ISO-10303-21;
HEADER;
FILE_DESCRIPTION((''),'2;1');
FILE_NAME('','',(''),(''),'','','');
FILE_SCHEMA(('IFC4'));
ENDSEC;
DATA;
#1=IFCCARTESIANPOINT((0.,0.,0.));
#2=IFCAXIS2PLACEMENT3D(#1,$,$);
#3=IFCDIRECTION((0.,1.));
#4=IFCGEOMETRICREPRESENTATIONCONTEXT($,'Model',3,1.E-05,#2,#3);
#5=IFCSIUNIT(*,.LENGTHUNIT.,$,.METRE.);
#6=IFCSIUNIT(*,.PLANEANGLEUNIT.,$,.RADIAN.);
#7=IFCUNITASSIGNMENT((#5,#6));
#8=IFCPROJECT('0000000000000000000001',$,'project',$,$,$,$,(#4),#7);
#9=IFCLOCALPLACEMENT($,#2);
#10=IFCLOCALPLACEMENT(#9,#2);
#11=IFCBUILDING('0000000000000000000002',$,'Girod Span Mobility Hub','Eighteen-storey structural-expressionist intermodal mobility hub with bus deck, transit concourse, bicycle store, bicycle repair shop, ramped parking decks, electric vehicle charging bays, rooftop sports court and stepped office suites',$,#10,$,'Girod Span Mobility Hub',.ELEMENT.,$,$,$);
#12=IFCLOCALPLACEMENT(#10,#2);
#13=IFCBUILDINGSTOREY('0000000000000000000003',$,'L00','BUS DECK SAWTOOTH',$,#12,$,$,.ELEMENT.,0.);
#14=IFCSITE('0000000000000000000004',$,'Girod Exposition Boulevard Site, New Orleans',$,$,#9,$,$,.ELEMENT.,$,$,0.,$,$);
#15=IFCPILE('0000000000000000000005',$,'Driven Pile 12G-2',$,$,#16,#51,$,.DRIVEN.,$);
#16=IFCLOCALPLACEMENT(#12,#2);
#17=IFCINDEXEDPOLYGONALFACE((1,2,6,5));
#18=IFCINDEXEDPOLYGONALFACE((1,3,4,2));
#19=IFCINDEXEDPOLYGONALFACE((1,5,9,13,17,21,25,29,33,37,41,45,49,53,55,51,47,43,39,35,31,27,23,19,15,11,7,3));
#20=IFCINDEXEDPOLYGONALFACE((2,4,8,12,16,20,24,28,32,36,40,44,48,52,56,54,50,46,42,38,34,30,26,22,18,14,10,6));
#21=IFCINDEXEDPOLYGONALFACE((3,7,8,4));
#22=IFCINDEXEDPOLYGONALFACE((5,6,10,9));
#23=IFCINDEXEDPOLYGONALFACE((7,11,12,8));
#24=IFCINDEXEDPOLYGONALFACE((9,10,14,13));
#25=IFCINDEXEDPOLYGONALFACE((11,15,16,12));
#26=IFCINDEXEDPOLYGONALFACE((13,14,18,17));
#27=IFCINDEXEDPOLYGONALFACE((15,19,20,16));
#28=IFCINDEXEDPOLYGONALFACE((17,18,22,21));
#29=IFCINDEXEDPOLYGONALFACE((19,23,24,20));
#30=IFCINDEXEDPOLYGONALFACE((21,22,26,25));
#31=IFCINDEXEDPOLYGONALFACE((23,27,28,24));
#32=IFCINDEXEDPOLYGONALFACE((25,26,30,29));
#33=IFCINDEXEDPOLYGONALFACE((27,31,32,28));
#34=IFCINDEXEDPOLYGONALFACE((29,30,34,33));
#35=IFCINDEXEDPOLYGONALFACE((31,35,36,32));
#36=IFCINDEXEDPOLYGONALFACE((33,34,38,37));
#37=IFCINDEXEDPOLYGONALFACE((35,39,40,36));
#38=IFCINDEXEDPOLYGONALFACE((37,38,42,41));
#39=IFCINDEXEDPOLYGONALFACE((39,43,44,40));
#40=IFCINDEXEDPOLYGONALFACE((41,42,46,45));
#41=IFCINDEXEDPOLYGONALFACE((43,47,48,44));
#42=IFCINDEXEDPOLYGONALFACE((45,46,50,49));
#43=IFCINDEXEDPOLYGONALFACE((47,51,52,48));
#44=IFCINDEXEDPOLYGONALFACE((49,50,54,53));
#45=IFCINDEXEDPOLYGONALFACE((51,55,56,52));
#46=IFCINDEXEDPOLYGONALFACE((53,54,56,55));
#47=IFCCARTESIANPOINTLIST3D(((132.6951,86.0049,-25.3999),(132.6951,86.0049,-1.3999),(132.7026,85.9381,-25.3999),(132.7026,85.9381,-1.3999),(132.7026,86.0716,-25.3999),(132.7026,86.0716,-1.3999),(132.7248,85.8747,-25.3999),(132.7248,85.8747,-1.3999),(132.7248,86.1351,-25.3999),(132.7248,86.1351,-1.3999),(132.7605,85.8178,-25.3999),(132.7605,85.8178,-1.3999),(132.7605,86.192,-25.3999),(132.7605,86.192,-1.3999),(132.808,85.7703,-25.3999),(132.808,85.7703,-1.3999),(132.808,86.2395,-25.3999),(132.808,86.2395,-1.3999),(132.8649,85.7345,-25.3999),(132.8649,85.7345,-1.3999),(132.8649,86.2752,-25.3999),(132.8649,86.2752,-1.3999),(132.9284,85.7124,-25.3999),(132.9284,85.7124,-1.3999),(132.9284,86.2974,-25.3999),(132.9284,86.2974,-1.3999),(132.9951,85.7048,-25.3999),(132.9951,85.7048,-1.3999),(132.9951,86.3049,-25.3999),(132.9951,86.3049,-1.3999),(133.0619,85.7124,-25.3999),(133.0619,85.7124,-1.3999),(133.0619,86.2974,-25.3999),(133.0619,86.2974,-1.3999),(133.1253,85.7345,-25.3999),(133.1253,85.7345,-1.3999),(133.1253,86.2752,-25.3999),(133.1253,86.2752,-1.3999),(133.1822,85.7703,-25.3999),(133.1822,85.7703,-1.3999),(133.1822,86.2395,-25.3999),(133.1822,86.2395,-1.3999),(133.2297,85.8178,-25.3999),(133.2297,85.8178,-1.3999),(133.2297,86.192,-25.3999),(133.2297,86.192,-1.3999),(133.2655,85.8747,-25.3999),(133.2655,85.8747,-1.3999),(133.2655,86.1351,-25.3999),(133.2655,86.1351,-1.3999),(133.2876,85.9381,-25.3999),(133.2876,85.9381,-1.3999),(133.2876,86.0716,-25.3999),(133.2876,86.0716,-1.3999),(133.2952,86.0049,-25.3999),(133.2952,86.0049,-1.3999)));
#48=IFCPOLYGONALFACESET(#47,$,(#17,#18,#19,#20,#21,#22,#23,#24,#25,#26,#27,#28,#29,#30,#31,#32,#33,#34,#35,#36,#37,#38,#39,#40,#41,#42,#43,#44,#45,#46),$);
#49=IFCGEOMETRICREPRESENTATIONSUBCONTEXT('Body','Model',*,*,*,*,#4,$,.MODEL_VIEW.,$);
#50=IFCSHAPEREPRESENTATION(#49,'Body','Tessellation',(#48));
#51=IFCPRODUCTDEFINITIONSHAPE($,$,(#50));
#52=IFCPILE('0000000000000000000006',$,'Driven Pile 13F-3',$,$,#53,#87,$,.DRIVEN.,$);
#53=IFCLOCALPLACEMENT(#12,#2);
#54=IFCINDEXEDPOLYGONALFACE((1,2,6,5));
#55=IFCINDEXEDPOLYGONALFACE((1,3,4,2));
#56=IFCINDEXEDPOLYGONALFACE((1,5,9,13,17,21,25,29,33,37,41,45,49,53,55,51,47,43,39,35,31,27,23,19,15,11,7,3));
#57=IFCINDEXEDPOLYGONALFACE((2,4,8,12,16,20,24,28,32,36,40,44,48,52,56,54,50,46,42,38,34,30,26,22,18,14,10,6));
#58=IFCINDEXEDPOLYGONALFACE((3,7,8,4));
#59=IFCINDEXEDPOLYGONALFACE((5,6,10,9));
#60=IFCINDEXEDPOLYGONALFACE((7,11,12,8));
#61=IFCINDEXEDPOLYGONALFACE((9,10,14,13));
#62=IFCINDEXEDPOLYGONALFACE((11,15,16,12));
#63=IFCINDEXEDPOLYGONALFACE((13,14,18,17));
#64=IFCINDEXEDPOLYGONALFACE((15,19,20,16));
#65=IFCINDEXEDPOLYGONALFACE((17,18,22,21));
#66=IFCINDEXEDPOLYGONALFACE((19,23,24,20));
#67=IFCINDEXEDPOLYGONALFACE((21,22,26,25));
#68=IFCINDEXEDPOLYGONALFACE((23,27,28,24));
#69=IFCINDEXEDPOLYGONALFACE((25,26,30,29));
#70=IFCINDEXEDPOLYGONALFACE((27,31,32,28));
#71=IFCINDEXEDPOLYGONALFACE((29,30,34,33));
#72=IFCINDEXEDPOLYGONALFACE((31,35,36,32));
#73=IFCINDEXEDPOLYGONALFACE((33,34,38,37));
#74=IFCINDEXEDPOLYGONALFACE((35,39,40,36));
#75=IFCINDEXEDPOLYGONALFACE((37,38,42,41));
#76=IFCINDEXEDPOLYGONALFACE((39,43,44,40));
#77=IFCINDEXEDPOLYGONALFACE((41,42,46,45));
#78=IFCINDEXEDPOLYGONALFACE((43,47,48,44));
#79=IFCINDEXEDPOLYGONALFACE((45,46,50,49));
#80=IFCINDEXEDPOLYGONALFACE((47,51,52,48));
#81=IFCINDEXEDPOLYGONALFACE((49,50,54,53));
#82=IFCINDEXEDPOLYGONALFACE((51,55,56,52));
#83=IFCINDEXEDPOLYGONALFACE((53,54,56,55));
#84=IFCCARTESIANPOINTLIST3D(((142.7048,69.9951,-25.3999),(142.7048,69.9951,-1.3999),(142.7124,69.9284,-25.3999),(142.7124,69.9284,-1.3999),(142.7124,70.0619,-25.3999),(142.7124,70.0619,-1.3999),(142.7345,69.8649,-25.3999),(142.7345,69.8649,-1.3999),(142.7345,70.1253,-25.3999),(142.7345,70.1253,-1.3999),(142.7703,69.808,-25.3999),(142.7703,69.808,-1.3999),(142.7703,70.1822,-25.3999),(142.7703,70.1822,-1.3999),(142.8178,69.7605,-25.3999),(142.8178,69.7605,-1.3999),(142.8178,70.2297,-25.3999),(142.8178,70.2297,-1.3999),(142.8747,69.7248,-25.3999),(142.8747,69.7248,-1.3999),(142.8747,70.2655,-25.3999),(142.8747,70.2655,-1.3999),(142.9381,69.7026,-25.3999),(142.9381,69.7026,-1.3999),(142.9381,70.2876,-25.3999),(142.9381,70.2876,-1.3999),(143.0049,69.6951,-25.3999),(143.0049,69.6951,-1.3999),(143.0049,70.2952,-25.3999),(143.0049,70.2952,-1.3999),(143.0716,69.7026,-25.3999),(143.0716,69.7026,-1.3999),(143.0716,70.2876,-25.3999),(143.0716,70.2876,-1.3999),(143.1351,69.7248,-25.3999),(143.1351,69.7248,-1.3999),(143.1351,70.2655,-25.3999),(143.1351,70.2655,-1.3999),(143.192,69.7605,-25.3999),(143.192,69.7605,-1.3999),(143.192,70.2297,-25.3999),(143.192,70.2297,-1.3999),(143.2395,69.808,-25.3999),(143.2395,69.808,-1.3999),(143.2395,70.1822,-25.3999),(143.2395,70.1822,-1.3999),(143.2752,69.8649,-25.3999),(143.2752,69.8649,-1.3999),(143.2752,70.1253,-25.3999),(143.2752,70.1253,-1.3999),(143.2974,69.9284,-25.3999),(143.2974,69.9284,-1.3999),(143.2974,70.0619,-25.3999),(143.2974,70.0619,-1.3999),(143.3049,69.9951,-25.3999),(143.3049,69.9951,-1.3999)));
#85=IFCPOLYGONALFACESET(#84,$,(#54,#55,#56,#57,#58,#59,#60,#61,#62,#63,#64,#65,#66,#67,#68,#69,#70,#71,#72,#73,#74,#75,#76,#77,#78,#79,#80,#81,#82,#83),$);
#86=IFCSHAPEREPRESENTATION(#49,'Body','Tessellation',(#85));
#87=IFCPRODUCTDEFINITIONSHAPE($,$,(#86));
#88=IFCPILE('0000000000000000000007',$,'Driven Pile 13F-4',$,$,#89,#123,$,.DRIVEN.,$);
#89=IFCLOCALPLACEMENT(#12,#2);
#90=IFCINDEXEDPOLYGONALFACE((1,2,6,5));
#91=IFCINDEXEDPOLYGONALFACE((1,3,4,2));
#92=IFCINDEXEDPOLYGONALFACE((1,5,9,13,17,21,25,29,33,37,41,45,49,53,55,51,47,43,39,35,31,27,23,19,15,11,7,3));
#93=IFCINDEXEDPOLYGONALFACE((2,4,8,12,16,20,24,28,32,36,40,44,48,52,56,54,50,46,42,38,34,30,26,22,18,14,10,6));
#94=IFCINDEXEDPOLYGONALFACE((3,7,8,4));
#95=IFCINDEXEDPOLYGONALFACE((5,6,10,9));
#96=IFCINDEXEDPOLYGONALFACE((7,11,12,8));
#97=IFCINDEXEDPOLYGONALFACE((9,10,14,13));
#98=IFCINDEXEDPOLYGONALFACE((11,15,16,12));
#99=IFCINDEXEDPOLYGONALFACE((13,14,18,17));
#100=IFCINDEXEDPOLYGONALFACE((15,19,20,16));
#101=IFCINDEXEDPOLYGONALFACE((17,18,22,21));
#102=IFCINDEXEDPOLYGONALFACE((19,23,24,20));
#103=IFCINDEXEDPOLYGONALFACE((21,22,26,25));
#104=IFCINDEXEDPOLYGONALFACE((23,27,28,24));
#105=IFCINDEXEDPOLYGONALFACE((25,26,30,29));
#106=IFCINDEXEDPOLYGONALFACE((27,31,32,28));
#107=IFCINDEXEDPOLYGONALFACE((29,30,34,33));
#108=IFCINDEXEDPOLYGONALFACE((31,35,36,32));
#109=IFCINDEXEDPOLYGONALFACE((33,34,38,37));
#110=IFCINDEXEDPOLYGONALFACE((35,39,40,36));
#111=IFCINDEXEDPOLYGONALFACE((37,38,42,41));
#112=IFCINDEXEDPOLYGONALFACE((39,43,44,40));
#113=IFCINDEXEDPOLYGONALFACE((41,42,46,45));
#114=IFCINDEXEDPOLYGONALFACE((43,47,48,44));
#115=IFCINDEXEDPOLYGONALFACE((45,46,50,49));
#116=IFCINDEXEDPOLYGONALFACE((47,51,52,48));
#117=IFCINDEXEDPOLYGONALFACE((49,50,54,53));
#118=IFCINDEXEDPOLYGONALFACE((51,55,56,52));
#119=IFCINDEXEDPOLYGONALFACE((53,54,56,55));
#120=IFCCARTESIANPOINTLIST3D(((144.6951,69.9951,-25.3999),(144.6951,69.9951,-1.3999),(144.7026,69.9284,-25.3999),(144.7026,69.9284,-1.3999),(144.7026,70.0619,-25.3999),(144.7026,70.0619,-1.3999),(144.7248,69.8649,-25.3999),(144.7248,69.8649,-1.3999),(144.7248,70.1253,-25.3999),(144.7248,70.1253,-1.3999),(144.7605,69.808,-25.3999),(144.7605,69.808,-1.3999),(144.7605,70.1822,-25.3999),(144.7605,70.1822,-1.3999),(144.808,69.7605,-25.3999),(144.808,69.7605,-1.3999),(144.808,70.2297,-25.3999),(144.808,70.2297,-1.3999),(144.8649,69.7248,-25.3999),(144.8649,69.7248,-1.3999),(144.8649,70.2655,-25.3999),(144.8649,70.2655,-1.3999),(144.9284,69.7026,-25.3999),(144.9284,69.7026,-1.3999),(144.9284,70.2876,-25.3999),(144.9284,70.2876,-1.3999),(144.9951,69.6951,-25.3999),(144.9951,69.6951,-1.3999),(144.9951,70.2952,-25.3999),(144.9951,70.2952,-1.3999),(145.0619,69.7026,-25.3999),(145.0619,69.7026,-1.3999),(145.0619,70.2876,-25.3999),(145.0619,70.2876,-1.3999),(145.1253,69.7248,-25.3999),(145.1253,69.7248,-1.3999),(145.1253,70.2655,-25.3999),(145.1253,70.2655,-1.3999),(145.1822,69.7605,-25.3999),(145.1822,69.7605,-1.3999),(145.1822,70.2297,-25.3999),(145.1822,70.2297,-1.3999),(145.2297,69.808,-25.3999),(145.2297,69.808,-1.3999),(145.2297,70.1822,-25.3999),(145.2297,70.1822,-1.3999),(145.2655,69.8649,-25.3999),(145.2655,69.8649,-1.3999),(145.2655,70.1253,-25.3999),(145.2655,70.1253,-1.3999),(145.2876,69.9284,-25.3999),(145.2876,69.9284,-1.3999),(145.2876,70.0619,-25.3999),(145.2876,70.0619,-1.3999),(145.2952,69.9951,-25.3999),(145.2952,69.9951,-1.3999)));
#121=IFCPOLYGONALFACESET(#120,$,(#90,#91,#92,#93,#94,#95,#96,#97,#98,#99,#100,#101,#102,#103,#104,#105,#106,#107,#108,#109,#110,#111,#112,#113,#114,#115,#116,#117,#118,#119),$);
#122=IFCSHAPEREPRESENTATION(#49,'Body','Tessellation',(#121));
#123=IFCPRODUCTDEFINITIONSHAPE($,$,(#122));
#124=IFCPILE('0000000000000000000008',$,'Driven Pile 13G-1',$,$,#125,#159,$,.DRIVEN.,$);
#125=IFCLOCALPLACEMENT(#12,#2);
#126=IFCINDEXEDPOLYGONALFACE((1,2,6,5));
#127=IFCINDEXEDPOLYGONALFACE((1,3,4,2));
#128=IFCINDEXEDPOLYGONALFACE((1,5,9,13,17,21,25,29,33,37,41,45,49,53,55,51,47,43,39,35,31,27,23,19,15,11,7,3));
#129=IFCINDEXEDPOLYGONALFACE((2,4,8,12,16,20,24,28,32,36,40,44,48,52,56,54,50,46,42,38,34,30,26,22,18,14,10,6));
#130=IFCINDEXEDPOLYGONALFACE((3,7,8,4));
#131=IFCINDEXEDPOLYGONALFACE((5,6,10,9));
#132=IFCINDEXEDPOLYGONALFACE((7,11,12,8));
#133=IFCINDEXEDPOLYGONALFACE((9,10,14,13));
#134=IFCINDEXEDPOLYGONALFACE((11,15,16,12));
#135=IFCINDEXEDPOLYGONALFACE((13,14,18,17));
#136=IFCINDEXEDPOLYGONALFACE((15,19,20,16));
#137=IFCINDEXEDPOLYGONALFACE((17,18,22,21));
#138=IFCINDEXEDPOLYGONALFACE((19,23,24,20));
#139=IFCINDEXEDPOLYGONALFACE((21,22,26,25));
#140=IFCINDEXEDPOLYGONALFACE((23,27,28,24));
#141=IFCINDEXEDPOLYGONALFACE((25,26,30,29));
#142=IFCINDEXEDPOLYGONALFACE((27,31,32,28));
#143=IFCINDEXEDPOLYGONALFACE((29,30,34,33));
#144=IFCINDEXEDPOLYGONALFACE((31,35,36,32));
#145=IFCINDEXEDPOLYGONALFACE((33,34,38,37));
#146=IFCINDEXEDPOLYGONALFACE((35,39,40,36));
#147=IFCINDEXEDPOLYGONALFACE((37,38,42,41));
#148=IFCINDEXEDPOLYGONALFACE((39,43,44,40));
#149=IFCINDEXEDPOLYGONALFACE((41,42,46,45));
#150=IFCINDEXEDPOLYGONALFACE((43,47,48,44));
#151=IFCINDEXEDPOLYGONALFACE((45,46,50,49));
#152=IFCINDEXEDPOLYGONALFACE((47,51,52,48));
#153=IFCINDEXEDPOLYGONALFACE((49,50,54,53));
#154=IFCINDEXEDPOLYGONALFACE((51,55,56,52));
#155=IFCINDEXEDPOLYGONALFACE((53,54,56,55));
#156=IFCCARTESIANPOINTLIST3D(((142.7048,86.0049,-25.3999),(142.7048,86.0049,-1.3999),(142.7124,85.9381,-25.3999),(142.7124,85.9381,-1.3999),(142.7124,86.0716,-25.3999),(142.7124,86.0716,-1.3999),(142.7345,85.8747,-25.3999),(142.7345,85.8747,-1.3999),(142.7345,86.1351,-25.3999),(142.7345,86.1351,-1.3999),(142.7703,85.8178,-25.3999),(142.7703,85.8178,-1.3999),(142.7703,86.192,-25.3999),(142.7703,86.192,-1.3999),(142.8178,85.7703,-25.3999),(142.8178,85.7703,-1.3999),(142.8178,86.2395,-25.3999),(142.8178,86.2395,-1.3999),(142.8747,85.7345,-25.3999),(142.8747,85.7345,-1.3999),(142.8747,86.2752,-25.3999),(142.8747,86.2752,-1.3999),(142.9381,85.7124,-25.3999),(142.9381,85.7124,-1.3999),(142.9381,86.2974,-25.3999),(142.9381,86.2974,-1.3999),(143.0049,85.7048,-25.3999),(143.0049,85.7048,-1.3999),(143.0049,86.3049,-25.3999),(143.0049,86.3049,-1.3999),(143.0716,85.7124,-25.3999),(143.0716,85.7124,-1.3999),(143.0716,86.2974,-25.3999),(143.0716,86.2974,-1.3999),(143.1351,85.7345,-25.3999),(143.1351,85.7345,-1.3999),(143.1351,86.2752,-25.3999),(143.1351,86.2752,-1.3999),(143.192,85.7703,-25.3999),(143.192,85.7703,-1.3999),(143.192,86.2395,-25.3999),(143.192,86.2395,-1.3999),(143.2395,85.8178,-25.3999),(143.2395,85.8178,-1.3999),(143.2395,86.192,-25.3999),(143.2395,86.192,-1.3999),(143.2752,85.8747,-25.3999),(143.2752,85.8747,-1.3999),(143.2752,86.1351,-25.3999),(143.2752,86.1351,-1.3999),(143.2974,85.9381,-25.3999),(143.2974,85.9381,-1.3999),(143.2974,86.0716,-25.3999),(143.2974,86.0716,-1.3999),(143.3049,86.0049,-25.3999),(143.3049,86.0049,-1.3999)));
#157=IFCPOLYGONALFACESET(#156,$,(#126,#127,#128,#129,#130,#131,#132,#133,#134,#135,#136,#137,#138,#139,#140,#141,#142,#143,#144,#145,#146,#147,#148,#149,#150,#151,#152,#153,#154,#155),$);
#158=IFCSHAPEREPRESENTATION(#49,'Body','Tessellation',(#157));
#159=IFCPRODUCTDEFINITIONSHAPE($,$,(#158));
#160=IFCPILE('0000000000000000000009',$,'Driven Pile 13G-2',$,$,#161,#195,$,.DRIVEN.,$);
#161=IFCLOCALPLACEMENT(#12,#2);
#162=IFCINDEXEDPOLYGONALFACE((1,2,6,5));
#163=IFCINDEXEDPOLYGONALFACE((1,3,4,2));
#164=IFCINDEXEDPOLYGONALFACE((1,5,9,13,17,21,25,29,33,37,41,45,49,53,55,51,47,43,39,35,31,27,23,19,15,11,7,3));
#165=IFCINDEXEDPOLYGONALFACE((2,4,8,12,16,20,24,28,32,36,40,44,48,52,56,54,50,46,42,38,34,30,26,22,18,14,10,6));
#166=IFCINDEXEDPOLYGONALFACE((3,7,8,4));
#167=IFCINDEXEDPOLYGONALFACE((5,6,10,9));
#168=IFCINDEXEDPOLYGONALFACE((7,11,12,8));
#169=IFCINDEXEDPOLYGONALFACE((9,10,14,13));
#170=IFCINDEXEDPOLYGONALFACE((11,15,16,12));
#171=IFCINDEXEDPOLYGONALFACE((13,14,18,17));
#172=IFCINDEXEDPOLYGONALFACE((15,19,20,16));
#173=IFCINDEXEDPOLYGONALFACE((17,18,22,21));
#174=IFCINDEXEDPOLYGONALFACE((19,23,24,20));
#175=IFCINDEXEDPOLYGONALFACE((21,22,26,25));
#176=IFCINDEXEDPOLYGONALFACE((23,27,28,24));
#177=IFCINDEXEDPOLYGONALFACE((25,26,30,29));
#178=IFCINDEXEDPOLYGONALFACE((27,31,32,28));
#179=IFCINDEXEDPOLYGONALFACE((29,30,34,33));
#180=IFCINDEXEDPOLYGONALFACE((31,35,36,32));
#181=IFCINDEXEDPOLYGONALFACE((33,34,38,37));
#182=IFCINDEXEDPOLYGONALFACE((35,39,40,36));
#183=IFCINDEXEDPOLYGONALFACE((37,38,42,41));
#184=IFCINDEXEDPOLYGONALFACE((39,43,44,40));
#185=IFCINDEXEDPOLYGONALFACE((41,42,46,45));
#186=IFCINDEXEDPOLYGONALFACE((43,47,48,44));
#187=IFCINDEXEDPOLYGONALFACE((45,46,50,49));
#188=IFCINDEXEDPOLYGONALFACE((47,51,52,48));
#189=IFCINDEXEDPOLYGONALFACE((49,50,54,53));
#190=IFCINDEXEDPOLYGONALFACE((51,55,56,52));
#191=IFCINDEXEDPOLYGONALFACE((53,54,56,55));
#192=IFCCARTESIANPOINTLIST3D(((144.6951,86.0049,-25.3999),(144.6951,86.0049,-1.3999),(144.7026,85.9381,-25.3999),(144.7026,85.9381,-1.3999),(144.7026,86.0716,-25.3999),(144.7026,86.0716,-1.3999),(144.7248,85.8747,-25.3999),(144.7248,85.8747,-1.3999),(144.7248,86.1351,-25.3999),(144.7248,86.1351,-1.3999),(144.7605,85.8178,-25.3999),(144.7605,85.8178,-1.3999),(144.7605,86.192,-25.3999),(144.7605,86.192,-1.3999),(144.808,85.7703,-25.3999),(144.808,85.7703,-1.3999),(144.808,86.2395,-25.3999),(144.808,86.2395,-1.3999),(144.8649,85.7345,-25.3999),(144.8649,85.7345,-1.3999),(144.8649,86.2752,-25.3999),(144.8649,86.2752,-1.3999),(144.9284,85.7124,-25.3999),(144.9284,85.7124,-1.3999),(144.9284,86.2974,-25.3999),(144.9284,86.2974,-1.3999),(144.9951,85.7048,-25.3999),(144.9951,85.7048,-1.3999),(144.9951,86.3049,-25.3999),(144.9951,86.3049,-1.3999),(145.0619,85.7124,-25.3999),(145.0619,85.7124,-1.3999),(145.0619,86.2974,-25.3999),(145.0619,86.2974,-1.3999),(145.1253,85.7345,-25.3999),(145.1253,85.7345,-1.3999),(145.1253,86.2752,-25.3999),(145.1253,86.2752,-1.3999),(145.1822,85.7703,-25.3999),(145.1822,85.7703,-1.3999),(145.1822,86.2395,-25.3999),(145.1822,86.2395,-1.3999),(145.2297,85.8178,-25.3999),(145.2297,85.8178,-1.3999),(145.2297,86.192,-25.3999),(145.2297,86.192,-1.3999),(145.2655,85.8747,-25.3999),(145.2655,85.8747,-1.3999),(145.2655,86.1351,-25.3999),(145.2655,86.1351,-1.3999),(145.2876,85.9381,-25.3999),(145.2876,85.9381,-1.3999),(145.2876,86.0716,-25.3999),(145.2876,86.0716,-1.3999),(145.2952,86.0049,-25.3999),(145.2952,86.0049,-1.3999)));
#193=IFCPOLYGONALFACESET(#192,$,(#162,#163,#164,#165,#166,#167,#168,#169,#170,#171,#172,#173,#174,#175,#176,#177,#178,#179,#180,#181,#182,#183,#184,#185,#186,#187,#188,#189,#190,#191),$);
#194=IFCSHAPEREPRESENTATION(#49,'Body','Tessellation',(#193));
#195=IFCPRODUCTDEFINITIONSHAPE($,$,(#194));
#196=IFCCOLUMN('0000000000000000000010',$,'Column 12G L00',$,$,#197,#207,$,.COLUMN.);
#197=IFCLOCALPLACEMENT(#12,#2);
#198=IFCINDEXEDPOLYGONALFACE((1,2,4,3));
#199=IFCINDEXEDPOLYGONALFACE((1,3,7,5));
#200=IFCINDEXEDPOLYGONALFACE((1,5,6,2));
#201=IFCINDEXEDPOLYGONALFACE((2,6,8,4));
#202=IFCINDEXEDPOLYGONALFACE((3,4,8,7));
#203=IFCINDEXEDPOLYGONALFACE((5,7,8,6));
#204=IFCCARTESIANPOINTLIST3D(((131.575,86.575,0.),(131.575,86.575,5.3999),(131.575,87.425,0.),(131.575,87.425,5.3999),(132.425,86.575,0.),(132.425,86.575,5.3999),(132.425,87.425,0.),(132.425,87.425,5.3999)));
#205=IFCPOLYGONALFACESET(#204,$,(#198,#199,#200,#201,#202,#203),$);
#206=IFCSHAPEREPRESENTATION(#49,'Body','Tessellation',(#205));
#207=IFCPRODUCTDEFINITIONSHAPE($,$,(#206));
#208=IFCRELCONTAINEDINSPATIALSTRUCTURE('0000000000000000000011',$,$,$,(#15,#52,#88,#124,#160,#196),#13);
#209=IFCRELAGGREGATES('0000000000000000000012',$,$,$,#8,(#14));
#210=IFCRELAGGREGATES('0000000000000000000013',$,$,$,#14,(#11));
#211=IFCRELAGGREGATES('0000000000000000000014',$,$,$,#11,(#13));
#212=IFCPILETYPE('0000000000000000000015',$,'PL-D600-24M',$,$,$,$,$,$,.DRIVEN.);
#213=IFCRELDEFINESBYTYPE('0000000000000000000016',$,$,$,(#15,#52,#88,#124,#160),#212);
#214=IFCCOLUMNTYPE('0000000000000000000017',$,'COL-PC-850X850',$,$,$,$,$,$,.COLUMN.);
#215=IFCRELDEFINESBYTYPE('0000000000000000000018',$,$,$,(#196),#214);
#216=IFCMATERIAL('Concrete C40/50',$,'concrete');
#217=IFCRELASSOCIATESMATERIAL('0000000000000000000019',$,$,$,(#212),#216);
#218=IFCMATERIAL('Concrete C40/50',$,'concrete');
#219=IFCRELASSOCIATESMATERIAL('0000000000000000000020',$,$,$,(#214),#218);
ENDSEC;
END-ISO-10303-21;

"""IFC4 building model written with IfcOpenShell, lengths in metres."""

from ifc_helpers import new_model, si_unit, direction, frame, origin, origin_2d, place, context, subcontext, project, spatial, rectangle, circle, extrude, material, material_profile, profile_set, type_object, element, save


model = new_model("IFC4")

# Units and contexts
model_context = context("Model", 3, precision=1e-05, world=origin(), true_north=direction((0.0, 1.0)))
body_context = subcontext(model_context, "Body", "Model", "MODEL_VIEW")
ifc_project = project(units=[si_unit("LENGTHUNIT", "METRE"), si_unit("PLANEANGLEUNIT", "RADIAN")], contexts=[model_context])

# Site, building, storey
site_placement = place(None, origin())
site = spatial("IfcSite", under=ifc_project, at=site_placement, Name="Girod Exposition Boulevard Site, New Orleans", CompositionType="ELEMENT", RefElevation=0.0)
building_placement = place(site_placement, origin())
building = spatial("IfcBuilding", under=site, at=building_placement, Name="Girod Span Mobility Hub", Description="Eighteen-storey structural-expressionist intermodal mobility hub with bus deck, transit concourse, bicycle store, bicycle repair shop, ramped parking decks, electric vehicle charging bays, rooftop sports court and stepped office suites", LongName="Girod Span Mobility Hub", CompositionType="ELEMENT")
storey_placement = place(building_placement, origin())
storey = spatial("IfcBuildingStorey", under=building, at=storey_placement, Name="L00", Description="BUS DECK SAWTOOTH", CompositionType="ELEMENT", Elevation=0.0)

# Piles
ifc_material_1 = material(Name="Concrete C40/50", Category="concrete")
ifc_material_profile_1 = material_profile(ifc_material_1, circle(Radius=0.3, at=origin_2d()), Name="PILE-D600")
ifc_profile_set_1 = profile_set([ifc_material_profile_1], Name="Concrete C40/50")
pile_type = type_object("IfcPileType", Name="PL-D600-24M", PredefinedType="DRIVEN", material=ifc_profile_set_1)
for number, where, z_axis, x_axis, name in (
    (1, (132.9951, 86.0049, -1.3999), (0.0, 0.0, -1.0), (1.0, 0.0, 0.0), "Driven Pile 12G-2"),
    (2, (143.0049, 69.9951, -1.3999), (0.0, 0.0, -1.0), (1.0, 0.0, 0.0), "Driven Pile 13F-3"),
    (3, (144.9951, 69.9951, -1.3999), (0.0, 0.0, -1.0), (1.0, 0.0, 0.0), "Driven Pile 13F-4"),
    (4, (143.0049, 86.0049, -1.3999), (0.0, 0.0, -1.0), (1.0, 0.0, 0.0), "Driven Pile 13G-1"),
    (5, (144.9951, 86.0049, -1.3999), (0.0, 0.0, -1.0), (1.0, 0.0, 0.0), "Driven Pile 13G-2"),
):
    element("IfcPile", number, at=place(storey_placement, frame(where, z_axis=z_axis, x_axis=x_axis)), inside=storey, type_object=pile_type, Name=name, PredefinedType="DRIVEN", context=body_context, shape_type="SweptSolid", body=[
        extrude(circle(Radius=0.3, at=origin_2d()), origin(), (0.0, 0.0, 1.0), 24.0),
    ])

# Column
ifc_material_2 = material(Name="Concrete C40/50", Category="concrete")
ifc_material_profile_2 = material_profile(ifc_material_2, rectangle(XDim=0.8501, YDim=0.8501, at=origin_2d()), Name="PC-COL-850X850")
ifc_profile_set_2 = profile_set([ifc_material_profile_2], Name="Concrete C40/50")
column_type = type_object("IfcColumnType", Name="COL-PC-850X850", PredefinedType="COLUMN", material=ifc_profile_set_2)
for number, where, z_axis, x_axis, name in (
    (6, (132.0, 87.0, 0.0), (0.0, 0.0, 1.0), (1.0, 0.0, 0.0), "Column 12G L00"),
):
    element("IfcColumn", number, at=place(storey_placement, frame(where, z_axis=z_axis, x_axis=x_axis)), inside=storey, type_object=column_type, Name=name, PredefinedType="COLUMN", context=body_context, shape_type="SweptSolid", body=[
        extrude(rectangle(XDim=0.8501, YDim=0.8501, at=origin_2d()), origin(), (0.0, 0.0, 1.0), 5.3999),
    ])

save(model, "model.ifc")
